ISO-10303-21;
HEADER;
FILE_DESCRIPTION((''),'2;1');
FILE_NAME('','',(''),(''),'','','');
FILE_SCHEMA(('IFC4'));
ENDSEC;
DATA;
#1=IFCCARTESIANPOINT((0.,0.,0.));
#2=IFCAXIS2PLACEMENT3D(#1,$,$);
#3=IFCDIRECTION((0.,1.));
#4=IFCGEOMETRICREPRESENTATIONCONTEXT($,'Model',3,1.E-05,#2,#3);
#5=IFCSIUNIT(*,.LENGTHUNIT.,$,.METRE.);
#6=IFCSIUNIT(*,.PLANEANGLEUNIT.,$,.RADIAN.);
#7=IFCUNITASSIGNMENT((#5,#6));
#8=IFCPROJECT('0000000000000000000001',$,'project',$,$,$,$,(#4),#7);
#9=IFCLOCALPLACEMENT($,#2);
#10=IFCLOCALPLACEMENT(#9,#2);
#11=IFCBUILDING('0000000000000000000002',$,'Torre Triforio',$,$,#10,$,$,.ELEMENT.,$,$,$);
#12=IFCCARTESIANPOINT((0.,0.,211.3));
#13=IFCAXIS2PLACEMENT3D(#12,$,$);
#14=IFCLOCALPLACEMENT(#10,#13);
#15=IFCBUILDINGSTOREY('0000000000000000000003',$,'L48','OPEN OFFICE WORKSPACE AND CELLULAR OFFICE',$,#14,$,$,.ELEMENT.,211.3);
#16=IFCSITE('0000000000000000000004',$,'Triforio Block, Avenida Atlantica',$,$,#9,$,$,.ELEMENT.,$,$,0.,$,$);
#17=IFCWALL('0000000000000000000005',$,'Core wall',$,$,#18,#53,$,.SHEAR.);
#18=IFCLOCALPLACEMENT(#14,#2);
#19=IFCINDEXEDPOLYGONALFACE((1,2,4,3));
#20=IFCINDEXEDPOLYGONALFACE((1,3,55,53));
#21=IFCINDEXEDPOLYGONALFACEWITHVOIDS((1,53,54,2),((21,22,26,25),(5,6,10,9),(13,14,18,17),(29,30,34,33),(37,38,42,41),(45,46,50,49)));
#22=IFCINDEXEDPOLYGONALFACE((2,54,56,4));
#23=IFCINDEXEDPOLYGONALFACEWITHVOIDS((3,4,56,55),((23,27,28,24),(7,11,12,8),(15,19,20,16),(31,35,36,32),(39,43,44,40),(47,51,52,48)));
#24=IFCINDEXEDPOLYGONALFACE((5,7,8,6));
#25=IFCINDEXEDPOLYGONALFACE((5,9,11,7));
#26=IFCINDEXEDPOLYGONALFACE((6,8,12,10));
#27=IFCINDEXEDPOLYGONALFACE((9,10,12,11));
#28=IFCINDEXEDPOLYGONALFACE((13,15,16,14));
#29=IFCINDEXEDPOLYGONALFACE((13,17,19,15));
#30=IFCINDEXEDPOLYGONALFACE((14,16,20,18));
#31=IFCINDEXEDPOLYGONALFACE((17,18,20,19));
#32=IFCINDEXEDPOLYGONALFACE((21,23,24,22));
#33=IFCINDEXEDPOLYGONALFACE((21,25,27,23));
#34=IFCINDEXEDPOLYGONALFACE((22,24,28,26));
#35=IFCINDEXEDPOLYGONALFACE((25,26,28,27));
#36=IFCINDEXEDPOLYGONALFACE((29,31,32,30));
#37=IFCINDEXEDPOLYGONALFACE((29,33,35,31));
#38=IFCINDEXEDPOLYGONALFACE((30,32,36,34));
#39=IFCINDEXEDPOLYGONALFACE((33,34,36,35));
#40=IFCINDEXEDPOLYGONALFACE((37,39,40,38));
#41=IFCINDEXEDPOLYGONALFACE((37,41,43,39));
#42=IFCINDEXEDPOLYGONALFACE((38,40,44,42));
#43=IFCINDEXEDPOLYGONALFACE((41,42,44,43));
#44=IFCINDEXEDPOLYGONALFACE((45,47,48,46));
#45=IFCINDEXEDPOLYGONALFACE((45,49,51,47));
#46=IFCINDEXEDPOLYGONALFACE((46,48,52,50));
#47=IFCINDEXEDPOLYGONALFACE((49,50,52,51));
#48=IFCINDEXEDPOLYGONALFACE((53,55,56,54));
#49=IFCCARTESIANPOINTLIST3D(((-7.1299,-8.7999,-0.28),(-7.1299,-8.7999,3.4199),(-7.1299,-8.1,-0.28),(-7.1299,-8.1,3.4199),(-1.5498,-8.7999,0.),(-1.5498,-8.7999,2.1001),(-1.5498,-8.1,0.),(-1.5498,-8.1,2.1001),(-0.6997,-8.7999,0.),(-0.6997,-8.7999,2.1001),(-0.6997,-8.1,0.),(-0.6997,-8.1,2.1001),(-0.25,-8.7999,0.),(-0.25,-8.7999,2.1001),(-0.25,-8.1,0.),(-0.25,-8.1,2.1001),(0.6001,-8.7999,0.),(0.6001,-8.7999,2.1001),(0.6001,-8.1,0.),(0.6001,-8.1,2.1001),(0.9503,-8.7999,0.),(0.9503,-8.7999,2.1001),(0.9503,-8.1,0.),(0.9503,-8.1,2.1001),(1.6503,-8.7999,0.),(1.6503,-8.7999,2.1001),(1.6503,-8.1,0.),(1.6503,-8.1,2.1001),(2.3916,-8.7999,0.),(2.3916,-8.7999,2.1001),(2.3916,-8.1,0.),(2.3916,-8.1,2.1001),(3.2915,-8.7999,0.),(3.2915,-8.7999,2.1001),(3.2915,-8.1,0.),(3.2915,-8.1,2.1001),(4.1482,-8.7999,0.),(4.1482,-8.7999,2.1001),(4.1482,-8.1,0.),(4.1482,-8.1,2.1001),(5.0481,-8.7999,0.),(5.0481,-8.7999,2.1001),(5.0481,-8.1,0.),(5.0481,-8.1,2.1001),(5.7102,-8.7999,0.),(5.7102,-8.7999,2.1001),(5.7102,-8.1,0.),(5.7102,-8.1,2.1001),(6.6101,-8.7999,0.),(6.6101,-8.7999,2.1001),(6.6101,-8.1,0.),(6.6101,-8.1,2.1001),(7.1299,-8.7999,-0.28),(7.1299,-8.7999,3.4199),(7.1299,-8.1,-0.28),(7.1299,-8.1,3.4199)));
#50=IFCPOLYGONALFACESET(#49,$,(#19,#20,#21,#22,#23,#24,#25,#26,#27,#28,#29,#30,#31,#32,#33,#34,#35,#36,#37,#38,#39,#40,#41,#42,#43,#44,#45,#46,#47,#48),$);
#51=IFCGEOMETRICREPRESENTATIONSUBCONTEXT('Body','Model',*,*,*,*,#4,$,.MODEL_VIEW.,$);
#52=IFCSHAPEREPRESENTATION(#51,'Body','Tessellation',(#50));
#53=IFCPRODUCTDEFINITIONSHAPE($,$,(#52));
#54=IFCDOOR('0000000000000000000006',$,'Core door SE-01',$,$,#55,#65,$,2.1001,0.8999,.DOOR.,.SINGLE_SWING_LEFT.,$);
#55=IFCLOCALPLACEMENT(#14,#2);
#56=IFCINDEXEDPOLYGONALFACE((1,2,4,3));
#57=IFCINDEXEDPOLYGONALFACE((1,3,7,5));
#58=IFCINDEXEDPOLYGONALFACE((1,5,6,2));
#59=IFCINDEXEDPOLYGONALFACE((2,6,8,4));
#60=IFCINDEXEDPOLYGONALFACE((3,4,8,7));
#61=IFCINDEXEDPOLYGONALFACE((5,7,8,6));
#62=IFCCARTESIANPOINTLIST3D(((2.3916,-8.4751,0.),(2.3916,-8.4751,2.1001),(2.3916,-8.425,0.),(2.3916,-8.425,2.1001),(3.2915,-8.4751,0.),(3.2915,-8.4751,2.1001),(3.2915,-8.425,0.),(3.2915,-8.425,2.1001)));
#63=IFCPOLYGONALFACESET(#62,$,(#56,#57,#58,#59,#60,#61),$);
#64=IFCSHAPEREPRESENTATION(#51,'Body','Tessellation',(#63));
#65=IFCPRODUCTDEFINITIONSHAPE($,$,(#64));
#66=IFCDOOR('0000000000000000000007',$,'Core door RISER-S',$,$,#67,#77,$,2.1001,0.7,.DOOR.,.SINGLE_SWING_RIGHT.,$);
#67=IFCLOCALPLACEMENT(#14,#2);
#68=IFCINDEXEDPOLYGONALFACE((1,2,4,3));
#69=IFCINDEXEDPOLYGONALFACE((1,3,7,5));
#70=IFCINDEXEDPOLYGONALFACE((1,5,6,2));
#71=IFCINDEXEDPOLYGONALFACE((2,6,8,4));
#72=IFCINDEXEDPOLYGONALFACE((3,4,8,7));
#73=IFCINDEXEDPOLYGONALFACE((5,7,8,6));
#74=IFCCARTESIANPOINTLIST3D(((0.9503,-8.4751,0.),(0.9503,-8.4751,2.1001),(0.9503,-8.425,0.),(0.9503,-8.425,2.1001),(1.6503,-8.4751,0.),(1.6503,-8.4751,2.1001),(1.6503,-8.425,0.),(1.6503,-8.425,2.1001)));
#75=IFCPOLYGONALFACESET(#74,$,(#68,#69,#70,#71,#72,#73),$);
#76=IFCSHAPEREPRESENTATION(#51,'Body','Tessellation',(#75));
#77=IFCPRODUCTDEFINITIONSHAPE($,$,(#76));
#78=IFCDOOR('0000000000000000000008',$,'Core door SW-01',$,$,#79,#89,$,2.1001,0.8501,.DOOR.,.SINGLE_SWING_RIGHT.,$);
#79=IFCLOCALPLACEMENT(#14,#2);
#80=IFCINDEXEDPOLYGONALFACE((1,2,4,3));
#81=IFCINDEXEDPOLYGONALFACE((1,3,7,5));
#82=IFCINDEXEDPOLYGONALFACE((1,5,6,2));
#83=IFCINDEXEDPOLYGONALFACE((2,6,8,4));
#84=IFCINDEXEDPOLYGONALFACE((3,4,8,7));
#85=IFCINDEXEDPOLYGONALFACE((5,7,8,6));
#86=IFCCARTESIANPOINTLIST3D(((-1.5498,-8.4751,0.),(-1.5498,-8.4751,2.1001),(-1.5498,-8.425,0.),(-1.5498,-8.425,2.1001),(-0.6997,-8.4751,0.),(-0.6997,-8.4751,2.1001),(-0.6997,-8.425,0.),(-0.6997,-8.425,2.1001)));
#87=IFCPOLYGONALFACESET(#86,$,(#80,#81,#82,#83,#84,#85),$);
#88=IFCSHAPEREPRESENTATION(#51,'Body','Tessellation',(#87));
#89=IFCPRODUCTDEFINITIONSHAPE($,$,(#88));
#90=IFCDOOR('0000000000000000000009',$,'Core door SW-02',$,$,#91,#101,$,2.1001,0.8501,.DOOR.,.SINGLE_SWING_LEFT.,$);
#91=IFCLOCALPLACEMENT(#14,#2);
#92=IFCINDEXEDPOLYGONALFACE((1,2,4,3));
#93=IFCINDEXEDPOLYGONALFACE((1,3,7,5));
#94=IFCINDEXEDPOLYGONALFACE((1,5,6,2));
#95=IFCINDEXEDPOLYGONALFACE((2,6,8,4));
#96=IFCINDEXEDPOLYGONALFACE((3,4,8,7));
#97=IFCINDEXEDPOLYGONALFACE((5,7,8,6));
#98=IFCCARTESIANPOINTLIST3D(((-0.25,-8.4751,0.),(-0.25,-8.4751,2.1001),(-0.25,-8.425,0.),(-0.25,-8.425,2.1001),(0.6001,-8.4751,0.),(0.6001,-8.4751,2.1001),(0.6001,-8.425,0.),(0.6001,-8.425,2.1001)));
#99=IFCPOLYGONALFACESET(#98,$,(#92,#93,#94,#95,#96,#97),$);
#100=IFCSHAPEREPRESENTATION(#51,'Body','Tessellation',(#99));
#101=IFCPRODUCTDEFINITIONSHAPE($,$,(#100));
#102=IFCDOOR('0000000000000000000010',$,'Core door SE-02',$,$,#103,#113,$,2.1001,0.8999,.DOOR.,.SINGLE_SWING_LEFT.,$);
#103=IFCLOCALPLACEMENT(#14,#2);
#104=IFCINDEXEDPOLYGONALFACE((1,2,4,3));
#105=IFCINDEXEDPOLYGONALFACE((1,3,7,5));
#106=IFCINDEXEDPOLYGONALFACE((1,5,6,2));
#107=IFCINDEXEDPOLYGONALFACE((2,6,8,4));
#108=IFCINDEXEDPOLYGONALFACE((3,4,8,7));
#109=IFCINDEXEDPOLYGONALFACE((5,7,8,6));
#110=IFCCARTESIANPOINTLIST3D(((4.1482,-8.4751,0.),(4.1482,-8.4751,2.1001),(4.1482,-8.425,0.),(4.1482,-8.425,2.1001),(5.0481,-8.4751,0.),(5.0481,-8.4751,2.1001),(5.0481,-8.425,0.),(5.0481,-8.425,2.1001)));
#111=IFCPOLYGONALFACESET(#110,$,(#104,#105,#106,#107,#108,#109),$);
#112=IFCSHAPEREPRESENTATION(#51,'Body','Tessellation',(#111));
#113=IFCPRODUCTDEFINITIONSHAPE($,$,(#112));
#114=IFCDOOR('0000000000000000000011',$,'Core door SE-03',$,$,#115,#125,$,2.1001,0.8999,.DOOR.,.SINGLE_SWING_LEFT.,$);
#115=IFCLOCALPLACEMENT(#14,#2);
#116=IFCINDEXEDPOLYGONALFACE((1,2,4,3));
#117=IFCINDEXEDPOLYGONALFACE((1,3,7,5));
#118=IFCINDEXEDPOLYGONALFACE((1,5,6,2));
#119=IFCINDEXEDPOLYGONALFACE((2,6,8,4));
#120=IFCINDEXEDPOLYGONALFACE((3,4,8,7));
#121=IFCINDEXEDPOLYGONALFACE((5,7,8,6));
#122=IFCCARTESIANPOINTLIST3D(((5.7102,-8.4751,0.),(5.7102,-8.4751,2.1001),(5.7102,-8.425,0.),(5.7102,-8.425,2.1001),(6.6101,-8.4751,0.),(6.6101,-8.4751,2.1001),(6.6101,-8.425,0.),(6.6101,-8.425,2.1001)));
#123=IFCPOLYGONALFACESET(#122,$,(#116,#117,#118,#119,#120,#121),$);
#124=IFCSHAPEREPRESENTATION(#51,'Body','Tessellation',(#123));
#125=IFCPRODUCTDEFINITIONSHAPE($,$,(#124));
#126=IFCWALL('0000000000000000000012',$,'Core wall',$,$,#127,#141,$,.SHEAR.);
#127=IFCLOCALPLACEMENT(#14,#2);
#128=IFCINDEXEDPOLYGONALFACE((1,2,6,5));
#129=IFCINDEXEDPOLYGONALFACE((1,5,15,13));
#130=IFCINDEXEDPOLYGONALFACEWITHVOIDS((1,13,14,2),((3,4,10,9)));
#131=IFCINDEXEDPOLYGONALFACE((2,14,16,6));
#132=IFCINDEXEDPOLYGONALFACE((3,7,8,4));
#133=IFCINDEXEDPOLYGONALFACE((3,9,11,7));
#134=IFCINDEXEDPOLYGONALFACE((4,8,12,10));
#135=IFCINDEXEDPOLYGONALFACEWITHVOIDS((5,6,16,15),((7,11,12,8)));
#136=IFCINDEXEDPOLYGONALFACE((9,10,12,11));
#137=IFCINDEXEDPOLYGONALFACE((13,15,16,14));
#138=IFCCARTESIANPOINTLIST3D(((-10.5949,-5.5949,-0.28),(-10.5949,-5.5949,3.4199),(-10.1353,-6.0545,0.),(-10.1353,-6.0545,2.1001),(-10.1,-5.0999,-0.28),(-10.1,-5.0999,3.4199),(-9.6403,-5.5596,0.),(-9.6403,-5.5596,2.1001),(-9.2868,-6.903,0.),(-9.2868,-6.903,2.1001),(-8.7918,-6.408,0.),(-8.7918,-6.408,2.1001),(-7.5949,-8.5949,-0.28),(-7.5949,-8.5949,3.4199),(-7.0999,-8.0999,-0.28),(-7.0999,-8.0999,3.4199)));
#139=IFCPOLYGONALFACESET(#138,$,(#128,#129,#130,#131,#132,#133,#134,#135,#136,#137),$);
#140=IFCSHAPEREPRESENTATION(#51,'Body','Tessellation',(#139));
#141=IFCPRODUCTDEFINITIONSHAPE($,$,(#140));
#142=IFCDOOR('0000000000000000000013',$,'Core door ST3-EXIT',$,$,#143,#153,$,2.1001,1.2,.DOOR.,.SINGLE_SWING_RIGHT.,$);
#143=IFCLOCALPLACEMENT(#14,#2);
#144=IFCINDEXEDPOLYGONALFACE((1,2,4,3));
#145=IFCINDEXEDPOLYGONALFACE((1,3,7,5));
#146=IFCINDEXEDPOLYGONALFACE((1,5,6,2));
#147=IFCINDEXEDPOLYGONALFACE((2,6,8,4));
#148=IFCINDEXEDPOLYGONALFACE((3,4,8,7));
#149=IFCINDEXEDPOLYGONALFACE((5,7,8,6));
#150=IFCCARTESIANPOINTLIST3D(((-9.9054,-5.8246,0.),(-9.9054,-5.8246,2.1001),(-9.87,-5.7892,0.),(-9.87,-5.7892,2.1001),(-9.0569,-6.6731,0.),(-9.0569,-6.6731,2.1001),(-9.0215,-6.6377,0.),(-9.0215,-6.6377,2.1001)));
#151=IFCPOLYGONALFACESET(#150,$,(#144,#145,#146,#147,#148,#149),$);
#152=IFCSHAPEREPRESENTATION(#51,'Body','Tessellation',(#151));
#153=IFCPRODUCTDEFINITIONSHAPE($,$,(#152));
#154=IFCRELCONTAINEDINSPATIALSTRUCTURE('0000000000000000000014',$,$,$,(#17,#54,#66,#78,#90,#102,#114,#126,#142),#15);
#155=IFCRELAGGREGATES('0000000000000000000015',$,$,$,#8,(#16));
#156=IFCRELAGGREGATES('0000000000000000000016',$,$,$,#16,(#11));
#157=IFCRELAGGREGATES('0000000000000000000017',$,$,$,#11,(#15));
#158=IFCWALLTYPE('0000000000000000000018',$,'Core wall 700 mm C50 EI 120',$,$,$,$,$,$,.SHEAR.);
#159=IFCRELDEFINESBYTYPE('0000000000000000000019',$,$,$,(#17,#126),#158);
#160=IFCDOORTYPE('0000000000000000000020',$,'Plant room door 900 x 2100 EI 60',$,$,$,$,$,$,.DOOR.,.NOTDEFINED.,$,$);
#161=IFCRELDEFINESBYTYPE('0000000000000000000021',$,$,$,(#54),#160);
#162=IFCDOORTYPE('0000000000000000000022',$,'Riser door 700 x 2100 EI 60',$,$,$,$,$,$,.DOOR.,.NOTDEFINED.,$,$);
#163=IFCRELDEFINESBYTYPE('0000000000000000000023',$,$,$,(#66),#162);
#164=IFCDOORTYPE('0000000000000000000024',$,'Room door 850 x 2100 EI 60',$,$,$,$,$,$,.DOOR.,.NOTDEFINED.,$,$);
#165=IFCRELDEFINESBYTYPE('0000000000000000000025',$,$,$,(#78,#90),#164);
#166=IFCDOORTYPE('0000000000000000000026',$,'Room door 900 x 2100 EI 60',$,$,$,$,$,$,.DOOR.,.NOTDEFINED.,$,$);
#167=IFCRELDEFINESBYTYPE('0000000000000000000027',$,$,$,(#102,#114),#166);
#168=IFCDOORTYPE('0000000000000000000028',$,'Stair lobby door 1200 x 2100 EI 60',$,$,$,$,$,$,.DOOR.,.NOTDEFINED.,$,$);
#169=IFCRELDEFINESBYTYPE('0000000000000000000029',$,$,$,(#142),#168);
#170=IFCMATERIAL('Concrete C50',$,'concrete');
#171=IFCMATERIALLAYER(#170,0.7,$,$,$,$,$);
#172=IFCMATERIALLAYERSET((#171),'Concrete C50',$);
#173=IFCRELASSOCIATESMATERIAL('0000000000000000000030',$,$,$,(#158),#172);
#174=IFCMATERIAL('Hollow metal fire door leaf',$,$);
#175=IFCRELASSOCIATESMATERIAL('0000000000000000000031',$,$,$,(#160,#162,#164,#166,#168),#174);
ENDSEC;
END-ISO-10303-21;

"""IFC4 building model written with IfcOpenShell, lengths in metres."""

from ifc_helpers import new_model, si_unit, direction, frame, frame_2d, origin, place, context, subcontext, project, spatial, rectangle, extrude, material, layer, layer_set, type_object, element, fill, save


model = new_model("IFC4")

# Units and contexts
model_context = context("Model", 3, precision=1e-05, world=origin(), true_north=direction((0.0, 1.0)))
body_context = subcontext(model_context, "Body", "Model", "MODEL_VIEW")
ifc_project = project(units=[si_unit("LENGTHUNIT", "METRE"), si_unit("PLANEANGLEUNIT", "RADIAN")], contexts=[model_context])

# Site, building, storey
site_placement = place(None, origin())
site = spatial("IfcSite", under=ifc_project, at=site_placement, Name="Triforio Block, Avenida Atlantica", CompositionType="ELEMENT", RefElevation=0.0)
building_placement = place(site_placement, origin())
building = spatial("IfcBuilding", under=site, at=building_placement, Name="Torre Triforio", CompositionType="ELEMENT")
storey_placement = place(building_placement, frame((0.0, 0.0, 211.3)))
storey = spatial("IfcBuildingStorey", under=building, at=storey_placement, Name="L48", Description="OPEN OFFICE WORKSPACE AND CELLULAR OFFICE", CompositionType="ELEMENT", Elevation=211.3)

# Shared definitions
ifc_material_1 = material(Name="Concrete C50", Category="concrete")

# Wall, openings, doors
ifc_layer_1 = layer(ifc_material_1, 0.7)
ifc_layer_set_1 = layer_set([ifc_layer_1], Name="Concrete C50")
wall_type_1 = type_object("IfcWallType", Name="Core wall 700 mm C50 EI 120", PredefinedType="SHEAR", material=ifc_layer_set_1)
wall_1_placement = place(storey_placement, frame((-7.1299, -8.45, -0.28), z_axis=(0.0, 0.0, 1.0), x_axis=(1.0, 0.0, 0.0)))
wall_1 = element("IfcWall", 1, at=wall_1_placement, inside=storey, type_object=wall_type_1, Name="Core wall", PredefinedType="SHEAR", context=body_context, shape_type="SweptSolid", body=[
    extrude(rectangle(XDim=14.2598, YDim=0.7, at=frame_2d((7.1299, 0.0))), origin(), (0.0, 0.0, 1.0), 3.7),
])
opening_1_placement = place(wall_1_placement, frame((8.0801, 0.0, 0.28)))
opening_1 = element("IfcOpeningElement", 2, at=opening_1_placement, cuts=wall_1, PredefinedType="OPENING", context=body_context, shape_type="SweptSolid", body=[
    extrude(rectangle(XDim=0.7, YDim=2.1001, at=frame_2d((0.3501, 1.05))), frame((0.0, 0.3599, 0.0), z_axis=(0.0, -1.0, 0.0), x_axis=(1.0, 0.0, 0.0)), (0.0, 0.0, 1.0), 0.72),
])
opening_2_placement = place(wall_1_placement, frame((5.5801, 0.0, 0.28)))
opening_2 = element("IfcOpeningElement", 3, at=opening_2_placement, cuts=wall_1, PredefinedType="OPENING", context=body_context, shape_type="SweptSolid", body=[
    extrude(rectangle(XDim=0.8501, YDim=2.1001, at=frame_2d((0.425, 1.05))), frame((0.0, 0.3599, 0.0), z_axis=(0.0, -1.0, 0.0), x_axis=(1.0, 0.0, 0.0)), (0.0, 0.0, 1.0), 0.72),
])
opening_3_placement = place(wall_1_placement, frame((6.8799, 0.0, 0.28)))
opening_3 = element("IfcOpeningElement", 4, at=opening_3_placement, cuts=wall_1, PredefinedType="OPENING", context=body_context, shape_type="SweptSolid", body=[
    extrude(rectangle(XDim=0.8501, YDim=2.1001, at=frame_2d((0.425, 1.05))), frame((0.0, 0.3599, 0.0), z_axis=(0.0, -1.0, 0.0), x_axis=(1.0, 0.0, 0.0)), (0.0, 0.0, 1.0), 0.72),
])
opening_4_placement = place(wall_1_placement, frame((9.5215, 0.0, 0.28)))
opening_4 = element("IfcOpeningElement", 5, at=opening_4_placement, cuts=wall_1, PredefinedType="OPENING", context=body_context, shape_type="SweptSolid", body=[
    extrude(rectangle(XDim=0.8999, YDim=2.1001, at=frame_2d((0.45, 1.05))), frame((0.0, 0.3599, 0.0), z_axis=(0.0, -1.0, 0.0), x_axis=(1.0, 0.0, 0.0)), (0.0, 0.0, 1.0), 0.72),
])
opening_5_placement = place(wall_1_placement, frame((11.2781, 0.0, 0.28)))
opening_5 = element("IfcOpeningElement", 6, at=opening_5_placement, cuts=wall_1, PredefinedType="OPENING", context=body_context, shape_type="SweptSolid", body=[
    extrude(rectangle(XDim=0.8999, YDim=2.1001, at=frame_2d((0.45, 1.05))), frame((0.0, 0.3599, 0.0), z_axis=(0.0, -1.0, 0.0), x_axis=(1.0, 0.0, 0.0)), (0.0, 0.0, 1.0), 0.72),
])
opening_6_placement = place(wall_1_placement, frame((12.8401, 0.0, 0.28)))
opening_6 = element("IfcOpeningElement", 7, at=opening_6_placement, cuts=wall_1, PredefinedType="OPENING", context=body_context, shape_type="SweptSolid", body=[
    extrude(rectangle(XDim=0.8999, YDim=2.1001, at=frame_2d((0.45, 1.05))), frame((0.0, 0.3599, 0.0), z_axis=(0.0, -1.0, 0.0), x_axis=(1.0, 0.0, 0.0)), (0.0, 0.0, 1.0), 0.72),
])
ifc_material_2 = material(Name="Hollow metal fire door leaf")
door_type_1 = type_object("IfcDoorType", Name="Plant room door 900 x 2100 EI 60", OperationType="NOTDEFINED", PredefinedType="DOOR", material=ifc_material_2)
door_1_placement = place(opening_4_placement, origin())
door_1 = element("IfcDoor", 8, at=door_1_placement, inside=storey, type_object=door_type_1, Name="Core door SE-01", OperationType="SINGLE_SWING_LEFT", OverallHeight=2.1001, OverallWidth=0.8999, PredefinedType="DOOR", context=body_context, shape_type="SweptSolid", body=[
    extrude(rectangle(XDim=0.8999, YDim=2.1001, at=frame_2d((0.45, 1.05))), frame((0.0, 0.0249, 0.0), z_axis=(0.0, -1.0, 0.0), x_axis=(1.0, 0.0, 0.0)), (0.0, 0.0, 1.0), 0.05),
])
fill(opening_4, door_1)
door_type_2 = type_object("IfcDoorType", Name="Riser door 700 x 2100 EI 60", OperationType="NOTDEFINED", PredefinedType="DOOR", material=ifc_material_2)
door_2_placement = place(opening_1_placement, origin())
door_2 = element("IfcDoor", 9, at=door_2_placement, inside=storey, type_object=door_type_2, Name="Core door RISER-S", OperationType="SINGLE_SWING_RIGHT", OverallHeight=2.1001, OverallWidth=0.7, PredefinedType="DOOR", context=body_context, shape_type="SweptSolid", body=[
    extrude(rectangle(XDim=0.7, YDim=2.1001, at=frame_2d((0.3501, 1.05))), frame((0.0, 0.0249, 0.0), z_axis=(0.0, -1.0, 0.0), x_axis=(1.0, 0.0, 0.0)), (0.0, 0.0, 1.0), 0.05),
])
fill(opening_1, door_2)
door_type_3 = type_object("IfcDoorType", Name="Room door 850 x 2100 EI 60", OperationType="NOTDEFINED", PredefinedType="DOOR", material=ifc_material_2)
door_3_placement = place(opening_2_placement, origin())
door_3 = element("IfcDoor", 10, at=door_3_placement, inside=storey, type_object=door_type_3, Name="Core door SW-01", OperationType="SINGLE_SWING_RIGHT", OverallHeight=2.1001, OverallWidth=0.8501, PredefinedType="DOOR", context=body_context, shape_type="SweptSolid", body=[
    extrude(rectangle(XDim=0.8501, YDim=2.1001, at=frame_2d((0.425, 1.05))), frame((0.0, 0.0249, 0.0), z_axis=(0.0, -1.0, 0.0), x_axis=(1.0, 0.0, 0.0)), (0.0, 0.0, 1.0), 0.05),
])
fill(opening_2, door_3)
door_4_placement = place(opening_3_placement, origin())
door_4 = element("IfcDoor", 11, at=door_4_placement, inside=storey, type_object=door_type_3, Name="Core door SW-02", OperationType="SINGLE_SWING_LEFT", OverallHeight=2.1001, OverallWidth=0.8501, PredefinedType="DOOR", context=body_context, shape_type="SweptSolid", body=[
    extrude(rectangle(XDim=0.8501, YDim=2.1001, at=frame_2d((0.425, 1.05))), frame((0.0, 0.0249, 0.0), z_axis=(0.0, -1.0, 0.0), x_axis=(1.0, 0.0, 0.0)), (0.0, 0.0, 1.0), 0.05),
])
fill(opening_3, door_4)
door_type_4 = type_object("IfcDoorType", Name="Room door 900 x 2100 EI 60", OperationType="NOTDEFINED", PredefinedType="DOOR", material=ifc_material_2)
door_5_placement = place(opening_5_placement, origin())
door_5 = element("IfcDoor", 12, at=door_5_placement, inside=storey, type_object=door_type_4, Name="Core door SE-02", OperationType="SINGLE_SWING_LEFT", OverallHeight=2.1001, OverallWidth=0.8999, PredefinedType="DOOR", context=body_context, shape_type="SweptSolid", body=[
    extrude(rectangle(XDim=0.8999, YDim=2.1001, at=frame_2d((0.45, 1.05))), frame((0.0, 0.0249, 0.0), z_axis=(0.0, -1.0, 0.0), x_axis=(1.0, 0.0, 0.0)), (0.0, 0.0, 1.0), 0.05),
])
fill(opening_5, door_5)
door_6_placement = place(opening_6_placement, origin())
door_6 = element("IfcDoor", 13, at=door_6_placement, inside=storey, type_object=door_type_4, Name="Core door SE-03", OperationType="SINGLE_SWING_LEFT", OverallHeight=2.1001, OverallWidth=0.8999, PredefinedType="DOOR", context=body_context, shape_type="SweptSolid", body=[
    extrude(rectangle(XDim=0.8999, YDim=2.1001, at=frame_2d((0.45, 1.05))), frame((0.0, 0.0249, 0.0), z_axis=(0.0, -1.0, 0.0), x_axis=(1.0, 0.0, 0.0)), (0.0, 0.0, 1.0), 0.05),
])
fill(opening_6, door_6)

# Wall, opening, door
wall_2_placement = place(storey_placement, frame((-7.3474, -8.3474, -0.28), z_axis=(0.0, 0.0, 1.0), x_axis=(-0.707107, 0.707107, 0.0)))
wall_2 = element("IfcWall", 14, at=wall_2_placement, inside=storey, type_object=wall_type_1, Name="Core wall", PredefinedType="SHEAR", context=body_context, shape_type="SweptSolid", body=[
    extrude(rectangle(XDim=4.2427, YDim=0.7, at=frame_2d((2.1213, 0.0))), origin(), (0.0, 0.0, 1.0), 3.7),
])
opening_7_placement = place(wall_2_placement, frame((2.3926, 0.0, 0.28)))
opening_7 = element("IfcOpeningElement", 15, at=opening_7_placement, cuts=wall_2, PredefinedType="OPENING", context=body_context, shape_type="SweptSolid", body=[
    extrude(rectangle(XDim=1.2, YDim=2.1001, at=frame_2d((0.6001, 1.05))), frame((0.0, 0.3599, 0.0), z_axis=(0.0, -1.0, 0.0), x_axis=(1.0, 0.0, 0.0)), (0.0, 0.0, 1.0), 0.72),
])
door_type_5 = type_object("IfcDoorType", Name="Stair lobby door 1200 x 2100 EI 60", OperationType="NOTDEFINED", PredefinedType="DOOR", material=ifc_material_2)
door_7_placement = place(opening_7_placement, origin())
door_7 = element("IfcDoor", 16, at=door_7_placement, inside=storey, type_object=door_type_5, Name="Core door ST3-EXIT", OperationType="SINGLE_SWING_RIGHT", OverallHeight=2.1001, OverallWidth=1.2, PredefinedType="DOOR", context=body_context, shape_type="SweptSolid", body=[
    extrude(rectangle(XDim=1.2, YDim=2.1001, at=frame_2d((0.6001, 1.05))), frame((0.0, 0.0249, 0.0), z_axis=(0.0, -1.0, 0.0), x_axis=(1.0, 0.0, 0.0)), (0.0, 0.0, 1.0), 0.05),
])
fill(opening_7, door_7)

save(model, "model.ifc")
